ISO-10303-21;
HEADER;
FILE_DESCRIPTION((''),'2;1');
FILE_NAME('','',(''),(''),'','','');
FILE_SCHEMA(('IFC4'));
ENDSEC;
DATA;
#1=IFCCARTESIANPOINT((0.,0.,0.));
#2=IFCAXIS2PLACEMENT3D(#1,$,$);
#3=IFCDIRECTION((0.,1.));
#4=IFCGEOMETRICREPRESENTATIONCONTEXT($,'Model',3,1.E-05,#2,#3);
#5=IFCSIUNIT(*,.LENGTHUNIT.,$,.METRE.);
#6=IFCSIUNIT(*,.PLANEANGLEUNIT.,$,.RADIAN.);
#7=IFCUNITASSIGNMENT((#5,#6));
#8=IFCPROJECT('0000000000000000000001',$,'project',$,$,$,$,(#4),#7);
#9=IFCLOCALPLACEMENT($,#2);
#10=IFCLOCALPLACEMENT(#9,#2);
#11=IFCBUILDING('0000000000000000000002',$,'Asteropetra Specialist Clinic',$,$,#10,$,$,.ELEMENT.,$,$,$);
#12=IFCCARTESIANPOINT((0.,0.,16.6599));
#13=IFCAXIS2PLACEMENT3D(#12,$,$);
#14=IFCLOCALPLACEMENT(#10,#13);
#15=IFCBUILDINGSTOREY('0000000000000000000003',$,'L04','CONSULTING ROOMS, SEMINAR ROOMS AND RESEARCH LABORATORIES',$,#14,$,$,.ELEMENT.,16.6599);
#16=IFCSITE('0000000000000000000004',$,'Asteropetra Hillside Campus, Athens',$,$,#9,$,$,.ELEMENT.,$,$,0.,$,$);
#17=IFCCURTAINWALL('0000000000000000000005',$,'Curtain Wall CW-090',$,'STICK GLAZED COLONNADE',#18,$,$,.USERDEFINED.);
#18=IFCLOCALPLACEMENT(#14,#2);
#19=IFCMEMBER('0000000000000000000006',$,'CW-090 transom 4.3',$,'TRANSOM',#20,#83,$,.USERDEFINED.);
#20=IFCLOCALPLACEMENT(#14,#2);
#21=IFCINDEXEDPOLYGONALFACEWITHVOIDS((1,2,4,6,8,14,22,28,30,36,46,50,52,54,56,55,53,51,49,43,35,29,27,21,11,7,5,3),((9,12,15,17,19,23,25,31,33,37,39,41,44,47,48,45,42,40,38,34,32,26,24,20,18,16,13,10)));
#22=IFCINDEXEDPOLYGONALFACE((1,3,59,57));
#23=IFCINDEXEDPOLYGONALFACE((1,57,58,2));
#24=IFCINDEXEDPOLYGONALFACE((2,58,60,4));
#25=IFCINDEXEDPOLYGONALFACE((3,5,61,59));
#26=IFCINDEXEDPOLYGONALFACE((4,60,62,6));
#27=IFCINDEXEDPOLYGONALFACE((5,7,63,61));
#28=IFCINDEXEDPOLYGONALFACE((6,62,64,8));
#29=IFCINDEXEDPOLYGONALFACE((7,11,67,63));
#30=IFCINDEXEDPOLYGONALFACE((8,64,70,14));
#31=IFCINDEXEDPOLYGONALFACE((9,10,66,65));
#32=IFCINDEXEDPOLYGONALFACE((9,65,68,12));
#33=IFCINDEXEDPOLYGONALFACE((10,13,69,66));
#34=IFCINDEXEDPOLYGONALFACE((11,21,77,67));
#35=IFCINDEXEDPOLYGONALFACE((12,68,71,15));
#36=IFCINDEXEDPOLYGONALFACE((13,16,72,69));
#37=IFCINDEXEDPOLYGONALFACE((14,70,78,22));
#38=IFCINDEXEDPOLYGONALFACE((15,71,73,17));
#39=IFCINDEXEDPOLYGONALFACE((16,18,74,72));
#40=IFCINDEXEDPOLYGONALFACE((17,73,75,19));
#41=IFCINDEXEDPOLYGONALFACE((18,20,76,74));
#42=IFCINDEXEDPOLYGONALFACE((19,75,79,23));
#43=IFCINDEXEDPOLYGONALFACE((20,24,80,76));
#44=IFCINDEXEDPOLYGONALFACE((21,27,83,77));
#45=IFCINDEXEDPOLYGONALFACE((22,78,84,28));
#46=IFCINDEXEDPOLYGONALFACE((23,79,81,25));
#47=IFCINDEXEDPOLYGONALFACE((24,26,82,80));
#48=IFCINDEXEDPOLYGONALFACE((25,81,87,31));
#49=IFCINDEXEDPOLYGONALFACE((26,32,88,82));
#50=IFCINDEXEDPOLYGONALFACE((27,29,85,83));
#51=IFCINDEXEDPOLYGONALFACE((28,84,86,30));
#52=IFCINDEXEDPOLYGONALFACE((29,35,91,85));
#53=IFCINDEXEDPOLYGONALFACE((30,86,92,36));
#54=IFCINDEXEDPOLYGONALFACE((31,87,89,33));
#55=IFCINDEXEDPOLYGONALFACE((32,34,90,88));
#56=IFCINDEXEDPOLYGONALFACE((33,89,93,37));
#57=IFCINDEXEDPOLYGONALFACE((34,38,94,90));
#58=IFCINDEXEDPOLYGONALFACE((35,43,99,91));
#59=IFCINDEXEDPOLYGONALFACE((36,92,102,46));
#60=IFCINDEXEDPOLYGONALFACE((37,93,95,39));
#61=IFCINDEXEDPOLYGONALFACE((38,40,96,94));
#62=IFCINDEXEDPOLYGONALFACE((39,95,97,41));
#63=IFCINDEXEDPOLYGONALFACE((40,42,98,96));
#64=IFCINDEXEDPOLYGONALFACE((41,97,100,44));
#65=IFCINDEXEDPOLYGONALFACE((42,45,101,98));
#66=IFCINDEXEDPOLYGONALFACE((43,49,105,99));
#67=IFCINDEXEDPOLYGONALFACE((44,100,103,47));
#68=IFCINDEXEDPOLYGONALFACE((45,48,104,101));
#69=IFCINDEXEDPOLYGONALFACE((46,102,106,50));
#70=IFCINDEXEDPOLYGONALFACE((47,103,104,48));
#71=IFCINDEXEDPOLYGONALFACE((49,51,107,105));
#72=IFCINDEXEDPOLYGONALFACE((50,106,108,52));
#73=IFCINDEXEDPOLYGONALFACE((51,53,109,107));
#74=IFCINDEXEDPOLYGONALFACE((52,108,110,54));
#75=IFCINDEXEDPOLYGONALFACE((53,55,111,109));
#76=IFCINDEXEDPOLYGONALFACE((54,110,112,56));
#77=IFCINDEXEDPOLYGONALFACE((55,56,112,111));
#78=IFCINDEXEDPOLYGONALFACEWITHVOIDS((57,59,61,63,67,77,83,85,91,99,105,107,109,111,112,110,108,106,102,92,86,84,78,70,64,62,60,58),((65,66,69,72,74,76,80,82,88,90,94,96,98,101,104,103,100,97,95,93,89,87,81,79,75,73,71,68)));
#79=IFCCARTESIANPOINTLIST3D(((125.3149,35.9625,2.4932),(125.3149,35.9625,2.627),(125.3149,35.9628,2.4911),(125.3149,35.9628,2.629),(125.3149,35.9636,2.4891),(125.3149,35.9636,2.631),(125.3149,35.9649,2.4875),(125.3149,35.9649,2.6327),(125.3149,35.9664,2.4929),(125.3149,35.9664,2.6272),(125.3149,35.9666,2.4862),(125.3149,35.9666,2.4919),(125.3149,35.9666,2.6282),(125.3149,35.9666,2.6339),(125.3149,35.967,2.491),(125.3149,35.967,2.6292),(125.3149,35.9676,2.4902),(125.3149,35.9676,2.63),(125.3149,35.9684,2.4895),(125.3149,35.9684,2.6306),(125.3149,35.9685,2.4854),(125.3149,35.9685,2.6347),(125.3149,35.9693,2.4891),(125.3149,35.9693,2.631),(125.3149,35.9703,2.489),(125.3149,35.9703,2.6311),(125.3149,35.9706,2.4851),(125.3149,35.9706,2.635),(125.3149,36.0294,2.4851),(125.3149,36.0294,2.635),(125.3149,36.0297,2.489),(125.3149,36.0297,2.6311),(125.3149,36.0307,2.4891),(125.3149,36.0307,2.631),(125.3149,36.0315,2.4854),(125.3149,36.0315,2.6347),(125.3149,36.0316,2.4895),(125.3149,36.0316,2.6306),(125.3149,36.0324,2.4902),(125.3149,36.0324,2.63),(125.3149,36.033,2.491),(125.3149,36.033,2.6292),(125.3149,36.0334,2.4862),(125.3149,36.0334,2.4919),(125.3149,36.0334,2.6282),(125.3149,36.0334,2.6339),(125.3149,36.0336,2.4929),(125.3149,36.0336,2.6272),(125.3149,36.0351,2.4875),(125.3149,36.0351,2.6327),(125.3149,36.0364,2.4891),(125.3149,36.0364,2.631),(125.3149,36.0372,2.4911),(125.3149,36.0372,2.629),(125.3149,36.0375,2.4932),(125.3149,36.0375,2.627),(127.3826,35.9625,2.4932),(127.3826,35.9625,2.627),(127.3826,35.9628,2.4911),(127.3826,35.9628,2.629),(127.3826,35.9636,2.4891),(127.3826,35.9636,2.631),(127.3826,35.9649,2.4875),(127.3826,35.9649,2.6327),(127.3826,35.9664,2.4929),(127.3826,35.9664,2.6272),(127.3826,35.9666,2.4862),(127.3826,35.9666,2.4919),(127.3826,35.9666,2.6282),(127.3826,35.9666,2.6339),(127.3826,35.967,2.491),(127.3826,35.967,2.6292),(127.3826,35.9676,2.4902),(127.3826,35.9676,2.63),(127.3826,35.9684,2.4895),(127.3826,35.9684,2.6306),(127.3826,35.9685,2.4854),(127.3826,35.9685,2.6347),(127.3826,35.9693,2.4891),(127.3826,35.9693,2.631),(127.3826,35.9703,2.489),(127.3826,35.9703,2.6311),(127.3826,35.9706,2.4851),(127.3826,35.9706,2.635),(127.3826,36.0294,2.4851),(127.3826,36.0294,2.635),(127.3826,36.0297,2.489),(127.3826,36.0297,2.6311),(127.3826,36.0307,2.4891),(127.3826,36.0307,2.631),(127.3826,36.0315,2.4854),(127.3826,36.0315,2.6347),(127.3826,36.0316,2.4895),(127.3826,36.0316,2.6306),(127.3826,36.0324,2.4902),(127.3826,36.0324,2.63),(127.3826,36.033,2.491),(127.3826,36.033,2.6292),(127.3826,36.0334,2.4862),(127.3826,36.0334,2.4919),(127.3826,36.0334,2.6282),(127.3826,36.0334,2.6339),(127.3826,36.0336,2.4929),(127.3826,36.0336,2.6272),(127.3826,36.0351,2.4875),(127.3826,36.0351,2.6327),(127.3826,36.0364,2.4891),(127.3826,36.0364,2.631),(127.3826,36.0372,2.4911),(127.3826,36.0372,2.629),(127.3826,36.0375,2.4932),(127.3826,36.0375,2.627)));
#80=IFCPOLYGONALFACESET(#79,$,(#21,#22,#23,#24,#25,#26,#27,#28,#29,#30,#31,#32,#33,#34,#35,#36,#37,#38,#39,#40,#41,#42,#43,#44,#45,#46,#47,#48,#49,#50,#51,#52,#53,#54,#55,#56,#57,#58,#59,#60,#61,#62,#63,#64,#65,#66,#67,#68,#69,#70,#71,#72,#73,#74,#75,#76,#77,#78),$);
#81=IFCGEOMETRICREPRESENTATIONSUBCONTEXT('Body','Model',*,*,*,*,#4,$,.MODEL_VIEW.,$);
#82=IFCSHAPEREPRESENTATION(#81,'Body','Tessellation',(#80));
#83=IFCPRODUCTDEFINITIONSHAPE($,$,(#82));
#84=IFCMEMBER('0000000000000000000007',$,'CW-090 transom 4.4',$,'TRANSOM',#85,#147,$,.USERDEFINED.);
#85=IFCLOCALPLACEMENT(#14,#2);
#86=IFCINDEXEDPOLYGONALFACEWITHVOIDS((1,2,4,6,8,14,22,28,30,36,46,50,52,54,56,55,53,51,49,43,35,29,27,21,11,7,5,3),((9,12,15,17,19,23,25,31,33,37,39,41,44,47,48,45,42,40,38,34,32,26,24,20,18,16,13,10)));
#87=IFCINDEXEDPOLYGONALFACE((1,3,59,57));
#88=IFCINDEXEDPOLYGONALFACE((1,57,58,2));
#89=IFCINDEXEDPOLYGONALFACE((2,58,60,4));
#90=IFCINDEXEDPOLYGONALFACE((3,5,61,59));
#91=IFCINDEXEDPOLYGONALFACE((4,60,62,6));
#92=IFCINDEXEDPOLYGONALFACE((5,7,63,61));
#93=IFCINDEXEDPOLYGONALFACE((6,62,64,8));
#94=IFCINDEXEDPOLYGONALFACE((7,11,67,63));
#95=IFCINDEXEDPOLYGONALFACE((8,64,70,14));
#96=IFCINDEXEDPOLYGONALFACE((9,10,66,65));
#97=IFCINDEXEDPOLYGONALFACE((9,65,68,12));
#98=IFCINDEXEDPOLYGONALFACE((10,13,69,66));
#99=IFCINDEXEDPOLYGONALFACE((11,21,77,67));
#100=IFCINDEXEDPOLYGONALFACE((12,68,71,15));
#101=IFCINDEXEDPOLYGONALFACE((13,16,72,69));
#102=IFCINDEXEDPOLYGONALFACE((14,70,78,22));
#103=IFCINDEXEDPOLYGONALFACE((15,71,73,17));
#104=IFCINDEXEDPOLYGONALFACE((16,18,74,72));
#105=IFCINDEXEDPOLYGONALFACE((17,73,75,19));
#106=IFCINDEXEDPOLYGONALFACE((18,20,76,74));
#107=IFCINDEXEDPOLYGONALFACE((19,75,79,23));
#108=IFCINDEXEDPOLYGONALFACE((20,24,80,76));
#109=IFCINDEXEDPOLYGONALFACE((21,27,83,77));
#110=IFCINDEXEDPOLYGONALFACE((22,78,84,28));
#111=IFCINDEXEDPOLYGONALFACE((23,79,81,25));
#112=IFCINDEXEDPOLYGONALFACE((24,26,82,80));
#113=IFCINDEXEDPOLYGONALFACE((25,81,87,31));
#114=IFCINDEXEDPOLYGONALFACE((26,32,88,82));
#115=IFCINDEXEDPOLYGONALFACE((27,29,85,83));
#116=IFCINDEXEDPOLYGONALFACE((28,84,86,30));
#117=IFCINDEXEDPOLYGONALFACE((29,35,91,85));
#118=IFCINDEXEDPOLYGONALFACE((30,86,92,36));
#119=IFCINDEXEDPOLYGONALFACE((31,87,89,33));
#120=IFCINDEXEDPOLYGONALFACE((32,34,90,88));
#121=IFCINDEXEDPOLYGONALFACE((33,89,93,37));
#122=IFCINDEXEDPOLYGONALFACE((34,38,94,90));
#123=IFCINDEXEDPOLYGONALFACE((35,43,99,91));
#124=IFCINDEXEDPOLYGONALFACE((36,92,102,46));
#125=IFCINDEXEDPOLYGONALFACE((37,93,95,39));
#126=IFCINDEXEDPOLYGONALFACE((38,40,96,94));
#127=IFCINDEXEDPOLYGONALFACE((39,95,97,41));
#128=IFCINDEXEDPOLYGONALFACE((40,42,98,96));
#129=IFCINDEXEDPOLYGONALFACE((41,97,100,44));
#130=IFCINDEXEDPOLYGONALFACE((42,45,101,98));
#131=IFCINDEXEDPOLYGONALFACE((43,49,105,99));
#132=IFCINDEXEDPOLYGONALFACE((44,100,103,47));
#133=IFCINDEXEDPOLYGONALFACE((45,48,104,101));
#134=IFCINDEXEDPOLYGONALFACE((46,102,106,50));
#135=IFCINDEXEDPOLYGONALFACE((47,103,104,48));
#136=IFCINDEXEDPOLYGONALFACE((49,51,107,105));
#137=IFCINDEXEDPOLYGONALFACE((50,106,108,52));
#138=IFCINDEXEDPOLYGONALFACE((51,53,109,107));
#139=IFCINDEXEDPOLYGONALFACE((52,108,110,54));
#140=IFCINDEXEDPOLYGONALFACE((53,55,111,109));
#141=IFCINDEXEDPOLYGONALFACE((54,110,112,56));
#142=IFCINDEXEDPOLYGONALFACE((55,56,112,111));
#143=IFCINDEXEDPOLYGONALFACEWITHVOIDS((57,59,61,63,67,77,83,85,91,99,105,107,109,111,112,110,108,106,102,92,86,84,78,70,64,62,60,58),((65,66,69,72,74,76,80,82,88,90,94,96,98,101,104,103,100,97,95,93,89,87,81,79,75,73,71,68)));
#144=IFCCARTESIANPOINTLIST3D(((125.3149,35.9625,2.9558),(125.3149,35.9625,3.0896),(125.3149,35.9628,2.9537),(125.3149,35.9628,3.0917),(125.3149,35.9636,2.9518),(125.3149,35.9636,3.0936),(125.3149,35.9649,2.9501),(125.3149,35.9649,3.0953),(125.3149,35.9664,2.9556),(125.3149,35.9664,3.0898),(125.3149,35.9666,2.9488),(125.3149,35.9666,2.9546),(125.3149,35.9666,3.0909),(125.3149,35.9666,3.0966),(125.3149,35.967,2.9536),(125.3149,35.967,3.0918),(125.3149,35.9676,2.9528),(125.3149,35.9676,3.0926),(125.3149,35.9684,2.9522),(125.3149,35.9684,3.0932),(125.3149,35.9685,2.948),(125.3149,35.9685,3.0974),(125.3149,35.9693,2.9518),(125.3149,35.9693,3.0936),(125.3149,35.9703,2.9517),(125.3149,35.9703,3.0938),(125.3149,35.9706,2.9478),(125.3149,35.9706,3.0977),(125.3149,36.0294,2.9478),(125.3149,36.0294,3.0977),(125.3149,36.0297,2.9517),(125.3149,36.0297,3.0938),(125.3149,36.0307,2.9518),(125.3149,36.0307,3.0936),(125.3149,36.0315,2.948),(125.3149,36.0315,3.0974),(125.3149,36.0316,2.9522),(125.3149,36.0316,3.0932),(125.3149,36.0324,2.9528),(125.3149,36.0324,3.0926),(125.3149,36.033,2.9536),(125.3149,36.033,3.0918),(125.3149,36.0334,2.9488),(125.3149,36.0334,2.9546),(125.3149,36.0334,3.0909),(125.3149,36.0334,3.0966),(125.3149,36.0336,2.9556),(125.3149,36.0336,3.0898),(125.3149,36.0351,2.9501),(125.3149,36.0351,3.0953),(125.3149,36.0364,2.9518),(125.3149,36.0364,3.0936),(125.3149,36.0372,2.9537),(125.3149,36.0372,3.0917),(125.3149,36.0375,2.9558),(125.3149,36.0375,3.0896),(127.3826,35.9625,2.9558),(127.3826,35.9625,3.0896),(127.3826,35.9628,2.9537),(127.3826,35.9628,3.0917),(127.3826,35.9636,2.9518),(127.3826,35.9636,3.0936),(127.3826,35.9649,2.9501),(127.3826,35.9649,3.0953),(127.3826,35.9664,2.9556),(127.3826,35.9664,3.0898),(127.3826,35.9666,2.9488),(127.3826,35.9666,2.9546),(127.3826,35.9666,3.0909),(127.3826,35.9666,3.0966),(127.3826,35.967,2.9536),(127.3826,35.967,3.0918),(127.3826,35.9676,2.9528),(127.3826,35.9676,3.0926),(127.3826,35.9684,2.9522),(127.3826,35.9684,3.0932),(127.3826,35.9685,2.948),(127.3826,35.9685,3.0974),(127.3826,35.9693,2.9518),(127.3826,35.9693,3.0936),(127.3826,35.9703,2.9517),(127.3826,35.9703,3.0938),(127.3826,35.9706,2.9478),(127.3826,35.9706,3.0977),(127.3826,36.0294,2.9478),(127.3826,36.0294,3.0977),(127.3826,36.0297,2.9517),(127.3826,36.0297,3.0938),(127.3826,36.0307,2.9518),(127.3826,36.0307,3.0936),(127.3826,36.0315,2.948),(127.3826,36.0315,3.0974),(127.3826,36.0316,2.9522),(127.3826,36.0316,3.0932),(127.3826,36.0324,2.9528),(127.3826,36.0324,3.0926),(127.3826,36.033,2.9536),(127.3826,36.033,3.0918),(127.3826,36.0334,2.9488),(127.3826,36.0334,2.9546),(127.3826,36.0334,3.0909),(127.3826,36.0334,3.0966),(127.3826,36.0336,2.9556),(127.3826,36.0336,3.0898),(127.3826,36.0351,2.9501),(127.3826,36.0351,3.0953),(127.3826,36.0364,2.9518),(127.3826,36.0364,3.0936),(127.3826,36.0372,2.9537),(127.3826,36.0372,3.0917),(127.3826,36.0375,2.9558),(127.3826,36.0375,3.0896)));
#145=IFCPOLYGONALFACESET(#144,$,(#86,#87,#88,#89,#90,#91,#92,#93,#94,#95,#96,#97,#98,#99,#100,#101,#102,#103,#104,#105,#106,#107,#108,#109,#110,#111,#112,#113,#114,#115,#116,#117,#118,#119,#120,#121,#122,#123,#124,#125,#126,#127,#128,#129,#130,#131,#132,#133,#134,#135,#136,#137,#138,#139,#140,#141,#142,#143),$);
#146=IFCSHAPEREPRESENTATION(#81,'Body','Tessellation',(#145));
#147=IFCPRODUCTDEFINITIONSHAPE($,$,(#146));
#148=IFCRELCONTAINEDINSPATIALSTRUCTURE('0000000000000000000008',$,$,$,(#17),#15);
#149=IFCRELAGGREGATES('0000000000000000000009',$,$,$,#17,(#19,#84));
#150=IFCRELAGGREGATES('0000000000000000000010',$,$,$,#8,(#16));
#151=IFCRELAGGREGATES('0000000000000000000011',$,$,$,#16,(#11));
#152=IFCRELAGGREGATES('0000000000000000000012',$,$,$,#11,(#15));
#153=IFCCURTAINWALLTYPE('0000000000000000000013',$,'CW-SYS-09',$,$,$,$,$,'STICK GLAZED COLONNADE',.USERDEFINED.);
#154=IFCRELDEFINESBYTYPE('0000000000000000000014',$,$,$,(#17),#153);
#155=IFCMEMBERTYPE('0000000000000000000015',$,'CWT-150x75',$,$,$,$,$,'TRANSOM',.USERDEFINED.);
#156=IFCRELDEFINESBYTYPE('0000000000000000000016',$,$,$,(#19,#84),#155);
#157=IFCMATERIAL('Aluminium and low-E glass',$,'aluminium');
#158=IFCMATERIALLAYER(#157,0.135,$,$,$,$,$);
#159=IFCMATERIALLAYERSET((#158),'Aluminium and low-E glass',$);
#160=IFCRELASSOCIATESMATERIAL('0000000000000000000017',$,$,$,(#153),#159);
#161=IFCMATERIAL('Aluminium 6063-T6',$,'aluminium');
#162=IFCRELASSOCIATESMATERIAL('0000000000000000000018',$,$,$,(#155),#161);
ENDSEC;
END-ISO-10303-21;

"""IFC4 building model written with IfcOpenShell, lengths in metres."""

from ifc_helpers import new_model, si_unit, direction, frame, origin, origin_2d, place, context, subcontext, project, spatial, hollow_rectangle, extrude, material, layer, layer_set, material_profile, profile_set, type_object, element, aggregate, save


model = new_model("IFC4")

# Units and contexts
model_context = context("Model", 3, precision=1e-05, world=origin(), true_north=direction((0.0, 1.0)))
body_context = subcontext(model_context, "Body", "Model", "MODEL_VIEW")
ifc_project = project(units=[si_unit("LENGTHUNIT", "METRE"), si_unit("PLANEANGLEUNIT", "RADIAN")], contexts=[model_context])

# Site, building, storey
site_placement = place(None, origin())
site = spatial("IfcSite", under=ifc_project, at=site_placement, Name="Asteropetra Hillside Campus, Athens", CompositionType="ELEMENT", RefElevation=0.0)
building_placement = place(site_placement, origin())
building = spatial("IfcBuilding", under=site, at=building_placement, Name="Asteropetra Specialist Clinic", CompositionType="ELEMENT")
storey_placement = place(building_placement, frame((0.0, 0.0, 16.6599)))
storey = spatial("IfcBuildingStorey", under=building, at=storey_placement, Name="L04", Description="CONSULTING ROOMS, SEMINAR ROOMS AND RESEARCH LABORATORIES", CompositionType="ELEMENT", Elevation=16.6599)

# Curtain wall
ifc_material_1 = material(Name="Aluminium and low-E glass", Category="aluminium")
ifc_layer_1 = layer(ifc_material_1, 0.135)
ifc_layer_set_1 = layer_set([ifc_layer_1], Name="Aluminium and low-E glass")
curtain_wall_type_1 = type_object("IfcCurtainWallType", Name="CW-SYS-09", ElementType="STICK GLAZED COLONNADE", PredefinedType="USERDEFINED", material=ifc_layer_set_1)
curtain_wall_1_placement = place(storey_placement, origin())
curtain_wall_1 = element("IfcCurtainWall", 1, at=curtain_wall_1_placement, inside=storey, type_object=curtain_wall_type_1, Name="Curtain Wall CW-090", ObjectType="STICK GLAZED COLONNADE", PredefinedType="USERDEFINED")

# Members
ifc_material_2 = material(Name="Aluminium 6063-T6", Category="aluminium")
ifc_material_profile_1 = material_profile(ifc_material_2, hollow_rectangle(XDim=0.075, YDim=0.1499, WallThickness=0.0039, InnerFilletRadius=0.0039, OuterFilletRadius=0.0081, at=origin_2d()), Name="TRN 150x75x4.0")
ifc_profile_set_1 = profile_set([ifc_material_profile_1], Name="Aluminium 6063-T6")
member_type_1 = type_object("IfcMemberType", Name="CWT-150x75", ElementType="TRANSOM", PredefinedType="USERDEFINED", material=ifc_profile_set_1)
member_1_placement = place(storey_placement, frame((127.3826, 36.0, 2.5601), z_axis=(-1.0, 0.0, 0.0), x_axis=(0.0, -1.0, 0.0)))
member_1 = element("IfcMember", 2, at=member_1_placement, type_object=member_type_1, Name="CW-090 transom 4.3", ObjectType="TRANSOM", PredefinedType="USERDEFINED", context=body_context, shape_type="SweptSolid", body=[
    extrude(hollow_rectangle(XDim=0.075, YDim=0.1499, WallThickness=0.0039, InnerFilletRadius=0.0039, OuterFilletRadius=0.0081, at=origin_2d()), origin(), (0.0, 0.0, 1.0), 2.0676),
])
member_2_placement = place(storey_placement, frame((127.3826, 36.0, 3.0227), z_axis=(-1.0, 0.0, 0.0), x_axis=(0.0, -1.0, 0.0)))
member_2 = element("IfcMember", 3, at=member_2_placement, type_object=member_type_1, Name="CW-090 transom 4.4", ObjectType="TRANSOM", PredefinedType="USERDEFINED", context=body_context, shape_type="SweptSolid", body=[
    extrude(hollow_rectangle(XDim=0.075, YDim=0.1499, WallThickness=0.0039, InnerFilletRadius=0.0039, OuterFilletRadius=0.0081, at=origin_2d()), origin(), (0.0, 0.0, 1.0), 2.0676),
])

aggregate(curtain_wall_1, [member_1, member_2])

save(model, "model.ifc")
